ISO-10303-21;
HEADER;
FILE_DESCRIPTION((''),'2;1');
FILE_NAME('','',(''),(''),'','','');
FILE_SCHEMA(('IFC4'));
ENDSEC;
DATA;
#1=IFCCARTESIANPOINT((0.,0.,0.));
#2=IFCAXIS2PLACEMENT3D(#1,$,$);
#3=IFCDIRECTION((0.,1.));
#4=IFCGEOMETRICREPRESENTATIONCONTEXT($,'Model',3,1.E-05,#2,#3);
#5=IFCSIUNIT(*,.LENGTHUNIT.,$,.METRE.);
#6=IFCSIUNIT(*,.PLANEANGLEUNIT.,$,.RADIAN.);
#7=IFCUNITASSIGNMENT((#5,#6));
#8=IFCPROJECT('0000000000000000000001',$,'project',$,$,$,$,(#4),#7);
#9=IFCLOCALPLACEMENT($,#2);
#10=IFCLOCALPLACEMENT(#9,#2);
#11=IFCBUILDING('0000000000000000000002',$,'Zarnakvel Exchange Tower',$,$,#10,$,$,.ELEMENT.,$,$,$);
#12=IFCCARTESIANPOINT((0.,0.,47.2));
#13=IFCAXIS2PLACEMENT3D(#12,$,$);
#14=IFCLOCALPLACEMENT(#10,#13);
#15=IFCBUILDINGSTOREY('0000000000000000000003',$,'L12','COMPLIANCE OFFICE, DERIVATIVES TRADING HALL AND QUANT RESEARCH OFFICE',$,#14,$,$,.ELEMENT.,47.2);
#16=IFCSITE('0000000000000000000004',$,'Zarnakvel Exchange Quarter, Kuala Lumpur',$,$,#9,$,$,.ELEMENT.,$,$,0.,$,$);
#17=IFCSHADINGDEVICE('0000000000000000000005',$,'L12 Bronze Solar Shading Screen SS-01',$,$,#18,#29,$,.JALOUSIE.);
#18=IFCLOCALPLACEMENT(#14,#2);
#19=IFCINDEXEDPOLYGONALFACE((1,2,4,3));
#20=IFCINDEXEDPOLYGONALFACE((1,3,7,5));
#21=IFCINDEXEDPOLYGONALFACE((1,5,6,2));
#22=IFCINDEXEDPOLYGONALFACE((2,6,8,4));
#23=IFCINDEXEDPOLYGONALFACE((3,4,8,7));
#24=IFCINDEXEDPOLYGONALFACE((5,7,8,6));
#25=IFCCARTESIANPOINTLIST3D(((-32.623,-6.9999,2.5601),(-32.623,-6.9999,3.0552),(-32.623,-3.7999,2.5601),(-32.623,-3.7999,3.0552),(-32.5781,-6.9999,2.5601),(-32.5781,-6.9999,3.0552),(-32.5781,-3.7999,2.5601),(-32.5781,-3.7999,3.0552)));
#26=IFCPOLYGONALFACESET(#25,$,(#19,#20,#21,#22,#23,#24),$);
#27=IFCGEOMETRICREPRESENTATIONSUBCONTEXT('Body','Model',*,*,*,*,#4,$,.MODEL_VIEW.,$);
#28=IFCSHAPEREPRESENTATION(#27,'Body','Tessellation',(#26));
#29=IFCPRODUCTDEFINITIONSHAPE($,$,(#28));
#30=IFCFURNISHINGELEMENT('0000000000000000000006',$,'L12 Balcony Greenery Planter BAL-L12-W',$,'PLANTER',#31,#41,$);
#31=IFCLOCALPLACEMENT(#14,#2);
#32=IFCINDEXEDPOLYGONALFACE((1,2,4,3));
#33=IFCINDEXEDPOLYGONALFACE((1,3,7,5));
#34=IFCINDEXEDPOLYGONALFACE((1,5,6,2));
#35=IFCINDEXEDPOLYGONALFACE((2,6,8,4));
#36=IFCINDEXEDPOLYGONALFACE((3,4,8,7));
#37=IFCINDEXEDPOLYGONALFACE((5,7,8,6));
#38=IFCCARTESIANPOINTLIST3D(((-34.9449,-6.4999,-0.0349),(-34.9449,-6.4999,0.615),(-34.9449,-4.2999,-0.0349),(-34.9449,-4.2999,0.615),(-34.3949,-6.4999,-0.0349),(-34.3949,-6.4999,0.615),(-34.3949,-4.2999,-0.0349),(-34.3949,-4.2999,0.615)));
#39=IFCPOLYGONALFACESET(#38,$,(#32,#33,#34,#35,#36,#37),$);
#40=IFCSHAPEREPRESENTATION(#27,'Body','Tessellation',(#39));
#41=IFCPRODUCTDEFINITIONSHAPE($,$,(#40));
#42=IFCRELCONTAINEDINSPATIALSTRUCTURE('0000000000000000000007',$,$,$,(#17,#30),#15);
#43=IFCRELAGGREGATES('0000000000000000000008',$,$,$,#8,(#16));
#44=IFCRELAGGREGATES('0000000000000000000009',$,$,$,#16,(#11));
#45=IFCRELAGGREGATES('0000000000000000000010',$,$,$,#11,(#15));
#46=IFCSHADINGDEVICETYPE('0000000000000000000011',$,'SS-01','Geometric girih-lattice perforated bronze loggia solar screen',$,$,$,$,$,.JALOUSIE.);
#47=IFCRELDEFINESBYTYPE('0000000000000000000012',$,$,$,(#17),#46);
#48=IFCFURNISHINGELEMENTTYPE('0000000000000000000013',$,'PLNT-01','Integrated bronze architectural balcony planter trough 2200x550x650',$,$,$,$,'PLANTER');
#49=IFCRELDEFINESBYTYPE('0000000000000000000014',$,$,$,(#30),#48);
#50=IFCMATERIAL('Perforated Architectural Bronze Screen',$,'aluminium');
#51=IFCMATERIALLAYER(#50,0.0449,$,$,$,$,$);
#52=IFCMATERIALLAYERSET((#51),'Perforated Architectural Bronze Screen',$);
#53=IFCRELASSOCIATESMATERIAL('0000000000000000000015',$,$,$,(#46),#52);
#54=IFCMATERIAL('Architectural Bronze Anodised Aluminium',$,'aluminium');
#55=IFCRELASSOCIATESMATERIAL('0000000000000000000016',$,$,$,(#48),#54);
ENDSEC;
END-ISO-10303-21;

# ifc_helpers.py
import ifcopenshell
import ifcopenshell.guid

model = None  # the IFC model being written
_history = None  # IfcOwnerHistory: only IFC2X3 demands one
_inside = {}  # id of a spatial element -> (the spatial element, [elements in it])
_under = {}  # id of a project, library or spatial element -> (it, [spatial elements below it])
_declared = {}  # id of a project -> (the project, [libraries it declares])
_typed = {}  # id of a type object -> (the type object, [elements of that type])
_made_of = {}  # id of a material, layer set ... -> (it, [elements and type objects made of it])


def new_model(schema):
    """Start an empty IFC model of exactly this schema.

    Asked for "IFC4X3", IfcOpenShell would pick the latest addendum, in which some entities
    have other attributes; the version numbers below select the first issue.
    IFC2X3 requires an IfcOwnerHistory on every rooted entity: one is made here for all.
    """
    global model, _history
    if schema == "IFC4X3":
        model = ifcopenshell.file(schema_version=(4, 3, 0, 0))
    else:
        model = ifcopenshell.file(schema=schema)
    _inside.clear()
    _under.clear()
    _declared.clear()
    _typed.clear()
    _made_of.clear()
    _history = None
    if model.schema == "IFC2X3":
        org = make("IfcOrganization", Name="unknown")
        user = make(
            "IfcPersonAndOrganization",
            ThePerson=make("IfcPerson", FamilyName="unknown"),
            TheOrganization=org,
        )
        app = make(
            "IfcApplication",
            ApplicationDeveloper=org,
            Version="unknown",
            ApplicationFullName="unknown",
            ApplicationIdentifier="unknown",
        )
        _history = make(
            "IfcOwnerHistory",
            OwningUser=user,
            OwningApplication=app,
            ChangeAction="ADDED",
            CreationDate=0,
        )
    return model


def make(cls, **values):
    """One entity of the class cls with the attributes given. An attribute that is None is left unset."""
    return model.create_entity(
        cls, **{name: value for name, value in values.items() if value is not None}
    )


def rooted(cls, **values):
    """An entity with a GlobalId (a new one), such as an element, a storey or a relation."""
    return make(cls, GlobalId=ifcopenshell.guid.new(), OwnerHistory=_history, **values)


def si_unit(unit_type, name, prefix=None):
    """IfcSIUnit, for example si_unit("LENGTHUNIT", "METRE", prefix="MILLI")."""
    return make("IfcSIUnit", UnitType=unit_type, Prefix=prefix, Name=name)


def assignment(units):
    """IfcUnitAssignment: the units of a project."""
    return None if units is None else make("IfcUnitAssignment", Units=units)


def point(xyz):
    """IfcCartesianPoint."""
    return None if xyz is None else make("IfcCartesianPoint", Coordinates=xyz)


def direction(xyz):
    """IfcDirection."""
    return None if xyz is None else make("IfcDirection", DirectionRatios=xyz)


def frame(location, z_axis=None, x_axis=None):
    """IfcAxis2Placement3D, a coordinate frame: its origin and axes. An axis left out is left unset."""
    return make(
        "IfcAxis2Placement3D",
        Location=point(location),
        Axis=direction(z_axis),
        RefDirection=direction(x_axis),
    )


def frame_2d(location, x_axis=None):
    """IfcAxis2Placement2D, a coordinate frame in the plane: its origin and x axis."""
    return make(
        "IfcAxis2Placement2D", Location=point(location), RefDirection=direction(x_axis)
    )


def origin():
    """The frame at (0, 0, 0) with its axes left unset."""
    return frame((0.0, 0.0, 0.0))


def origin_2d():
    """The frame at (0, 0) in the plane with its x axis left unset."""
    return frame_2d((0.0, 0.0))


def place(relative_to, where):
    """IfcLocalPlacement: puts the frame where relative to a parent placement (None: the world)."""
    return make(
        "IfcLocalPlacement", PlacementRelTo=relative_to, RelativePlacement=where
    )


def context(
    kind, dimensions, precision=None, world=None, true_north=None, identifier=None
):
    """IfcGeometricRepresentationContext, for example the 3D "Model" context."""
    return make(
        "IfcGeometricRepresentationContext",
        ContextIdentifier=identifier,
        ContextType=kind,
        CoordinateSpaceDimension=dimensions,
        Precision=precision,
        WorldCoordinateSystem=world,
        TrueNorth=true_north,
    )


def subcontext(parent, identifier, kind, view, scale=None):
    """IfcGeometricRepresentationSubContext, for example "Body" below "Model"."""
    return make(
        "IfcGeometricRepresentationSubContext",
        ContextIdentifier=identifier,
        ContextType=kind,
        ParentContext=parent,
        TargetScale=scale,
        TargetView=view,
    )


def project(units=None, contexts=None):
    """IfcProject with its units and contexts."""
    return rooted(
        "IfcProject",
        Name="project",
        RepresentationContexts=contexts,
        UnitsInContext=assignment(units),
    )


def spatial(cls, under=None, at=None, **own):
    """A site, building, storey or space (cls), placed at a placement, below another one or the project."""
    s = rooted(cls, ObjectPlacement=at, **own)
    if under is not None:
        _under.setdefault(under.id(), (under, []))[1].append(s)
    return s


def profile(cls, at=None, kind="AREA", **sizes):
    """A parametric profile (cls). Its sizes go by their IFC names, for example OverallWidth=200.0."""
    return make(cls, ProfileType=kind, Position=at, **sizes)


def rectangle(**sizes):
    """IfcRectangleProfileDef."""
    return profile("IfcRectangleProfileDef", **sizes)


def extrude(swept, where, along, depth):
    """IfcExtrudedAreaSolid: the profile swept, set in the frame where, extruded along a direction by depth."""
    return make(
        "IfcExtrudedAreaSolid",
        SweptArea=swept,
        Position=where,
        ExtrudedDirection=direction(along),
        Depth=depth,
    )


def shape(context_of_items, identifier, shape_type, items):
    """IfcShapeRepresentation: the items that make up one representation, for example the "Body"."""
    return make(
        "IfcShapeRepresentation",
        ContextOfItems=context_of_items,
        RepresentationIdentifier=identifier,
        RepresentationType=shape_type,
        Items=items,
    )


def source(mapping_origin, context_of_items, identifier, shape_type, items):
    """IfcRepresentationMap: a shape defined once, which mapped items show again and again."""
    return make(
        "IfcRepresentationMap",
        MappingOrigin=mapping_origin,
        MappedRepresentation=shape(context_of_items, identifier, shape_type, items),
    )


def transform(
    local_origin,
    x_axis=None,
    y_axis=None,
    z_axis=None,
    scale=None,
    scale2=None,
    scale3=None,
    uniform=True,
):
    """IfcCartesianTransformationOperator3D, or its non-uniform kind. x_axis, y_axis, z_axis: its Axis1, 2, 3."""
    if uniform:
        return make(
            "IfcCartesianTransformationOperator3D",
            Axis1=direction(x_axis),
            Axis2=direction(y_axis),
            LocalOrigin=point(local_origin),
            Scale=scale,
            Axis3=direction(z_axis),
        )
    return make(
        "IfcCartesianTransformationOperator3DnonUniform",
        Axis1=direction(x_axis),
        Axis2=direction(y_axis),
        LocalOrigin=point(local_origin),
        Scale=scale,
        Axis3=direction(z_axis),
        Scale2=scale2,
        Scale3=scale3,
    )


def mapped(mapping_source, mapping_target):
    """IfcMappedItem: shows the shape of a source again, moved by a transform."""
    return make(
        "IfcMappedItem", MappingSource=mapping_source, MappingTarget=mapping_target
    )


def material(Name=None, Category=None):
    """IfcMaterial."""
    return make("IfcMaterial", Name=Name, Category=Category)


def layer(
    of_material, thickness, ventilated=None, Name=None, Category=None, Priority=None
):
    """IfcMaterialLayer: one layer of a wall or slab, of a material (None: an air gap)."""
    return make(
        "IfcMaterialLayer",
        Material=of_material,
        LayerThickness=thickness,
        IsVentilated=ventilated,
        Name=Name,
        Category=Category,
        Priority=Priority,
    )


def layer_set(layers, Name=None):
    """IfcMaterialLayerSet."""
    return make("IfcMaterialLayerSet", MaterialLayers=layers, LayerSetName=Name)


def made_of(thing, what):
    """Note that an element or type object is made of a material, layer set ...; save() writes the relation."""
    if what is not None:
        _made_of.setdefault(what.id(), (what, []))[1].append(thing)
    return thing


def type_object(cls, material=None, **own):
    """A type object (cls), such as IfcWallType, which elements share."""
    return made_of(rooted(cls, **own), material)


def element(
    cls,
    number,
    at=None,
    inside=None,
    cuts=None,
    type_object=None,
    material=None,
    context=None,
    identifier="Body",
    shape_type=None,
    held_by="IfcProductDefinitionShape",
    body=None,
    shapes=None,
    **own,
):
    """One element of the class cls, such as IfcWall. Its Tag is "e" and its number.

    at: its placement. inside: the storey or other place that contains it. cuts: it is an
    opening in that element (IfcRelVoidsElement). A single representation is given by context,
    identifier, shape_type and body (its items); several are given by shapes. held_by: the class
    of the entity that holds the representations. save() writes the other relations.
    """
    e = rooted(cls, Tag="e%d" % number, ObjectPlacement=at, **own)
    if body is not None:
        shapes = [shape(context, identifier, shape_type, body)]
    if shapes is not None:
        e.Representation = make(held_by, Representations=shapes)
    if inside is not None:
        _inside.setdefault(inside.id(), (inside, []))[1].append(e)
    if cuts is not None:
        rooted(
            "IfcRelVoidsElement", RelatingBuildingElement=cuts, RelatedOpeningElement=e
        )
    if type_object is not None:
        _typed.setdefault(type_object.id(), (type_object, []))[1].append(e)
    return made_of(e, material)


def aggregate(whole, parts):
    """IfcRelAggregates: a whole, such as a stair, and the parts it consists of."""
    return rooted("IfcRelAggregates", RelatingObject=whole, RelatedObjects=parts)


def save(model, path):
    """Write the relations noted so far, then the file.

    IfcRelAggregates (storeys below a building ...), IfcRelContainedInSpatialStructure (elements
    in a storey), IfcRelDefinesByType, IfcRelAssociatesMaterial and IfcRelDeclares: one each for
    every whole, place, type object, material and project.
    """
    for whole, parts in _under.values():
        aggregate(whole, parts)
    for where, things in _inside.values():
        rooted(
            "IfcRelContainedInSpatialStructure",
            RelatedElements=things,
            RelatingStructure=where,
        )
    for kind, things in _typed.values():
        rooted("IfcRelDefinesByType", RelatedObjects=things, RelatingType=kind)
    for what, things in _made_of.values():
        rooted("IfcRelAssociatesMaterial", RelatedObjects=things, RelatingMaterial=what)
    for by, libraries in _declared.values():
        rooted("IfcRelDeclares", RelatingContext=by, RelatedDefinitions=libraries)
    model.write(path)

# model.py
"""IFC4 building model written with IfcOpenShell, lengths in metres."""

from ifc_helpers import new_model, si_unit, direction, frame, origin, origin_2d, place, context, subcontext, project, spatial, rectangle, extrude, source, transform, mapped, material, layer, layer_set, type_object, element, save


model = new_model("IFC4")

# Units and contexts
model_context = context("Model", 3, precision=1e-05, world=origin(), true_north=direction((0.0, 1.0)))
body_context = subcontext(model_context, "Body", "Model", "MODEL_VIEW")
ifc_project = project(units=[si_unit("LENGTHUNIT", "METRE"), si_unit("PLANEANGLEUNIT", "RADIAN")], contexts=[model_context])

# Site, building, storey
site_placement = place(None, origin())
site = spatial("IfcSite", under=ifc_project, at=site_placement, Name="Zarnakvel Exchange Quarter, Kuala Lumpur", CompositionType="ELEMENT", RefElevation=0.0)
building_placement = place(site_placement, origin())
building = spatial("IfcBuilding", under=site, at=building_placement, Name="Zarnakvel Exchange Tower", CompositionType="ELEMENT")
storey_placement = place(building_placement, frame((0.0, 0.0, 47.2)))
storey = spatial("IfcBuildingStorey", under=building, at=storey_placement, Name="L12", Description="COMPLIANCE OFFICE, DERIVATIVES TRADING HALL AND QUANT RESEARCH OFFICE", CompositionType="ELEMENT", Elevation=47.2)

# Shared definitions
ifc_material_1 = material(Name="Architectural Bronze Anodised Aluminium", Category="aluminium")

# Shading device
ifc_material_2 = material(Name="Perforated Architectural Bronze Screen", Category="aluminium")
ifc_layer_1 = layer(ifc_material_2, 0.0449)
ifc_layer_set_1 = layer_set([ifc_layer_1], Name="Perforated Architectural Bronze Screen")
shading_device_type = type_object("IfcShadingDeviceType", Name="SS-01", Description="Geometric girih-lattice perforated bronze loggia solar screen", PredefinedType="JALOUSIE", material=ifc_layer_set_1)
shared_shape_1 = source(origin(), body_context, "Body", "SweptSolid", [
    extrude(rectangle(XDim=3.2, YDim=0.0449, at=origin_2d()), origin(), (0.0, 0.0, 1.0), 0.4951),
])
shading_device_placement = place(storey_placement, frame((-32.6006, -5.3999, 2.5601), z_axis=(0.0, 0.0, 1.0), x_axis=(0.0, 1.0, 0.0)))
element("IfcShadingDevice", 1, at=shading_device_placement, inside=storey, type_object=shading_device_type, Name="L12 Bronze Solar Shading Screen SS-01", PredefinedType="JALOUSIE", context=body_context, shape_type="MappedRepresentation", body=[
    mapped(shared_shape_1, transform((0.0, 0.0, 0.0), x_axis=(1.0, 0.0, 0.0), y_axis=(0.0, 1.0, 0.0), z_axis=(0.0, 0.0, 1.0), scale=1.0)),
])

# Furnishing element
furnishing_element_type = type_object("IfcFurnishingElementType", Name="PLNT-01", Description="Integrated bronze architectural balcony planter trough 2200x550x650", ElementType="PLANTER", material=ifc_material_1)
shared_shape_2 = source(origin(), body_context, "Body", "SweptSolid", [
    extrude(rectangle(XDim=2.2, YDim=0.55, at=origin_2d()), origin(), (0.0, 0.0, 1.0), 0.6499),
])
furnishing_placement = place(storey_placement, frame((-34.6699, -5.3999, -0.0349), z_axis=(0.0, 0.0, 1.0), x_axis=(0.0, 1.0, 0.0)))
element("IfcFurnishingElement", 2, at=furnishing_placement, inside=storey, type_object=furnishing_element_type, Name="L12 Balcony Greenery Planter BAL-L12-W", ObjectType="PLANTER", context=body_context, shape_type="MappedRepresentation", body=[
    mapped(shared_shape_2, transform((0.0, 0.0, 0.0), x_axis=(1.0, 0.0, 0.0), y_axis=(0.0, 1.0, 0.0), z_axis=(0.0, 0.0, 1.0), scale=1.0)),
])

save(model, "model.ifc")
